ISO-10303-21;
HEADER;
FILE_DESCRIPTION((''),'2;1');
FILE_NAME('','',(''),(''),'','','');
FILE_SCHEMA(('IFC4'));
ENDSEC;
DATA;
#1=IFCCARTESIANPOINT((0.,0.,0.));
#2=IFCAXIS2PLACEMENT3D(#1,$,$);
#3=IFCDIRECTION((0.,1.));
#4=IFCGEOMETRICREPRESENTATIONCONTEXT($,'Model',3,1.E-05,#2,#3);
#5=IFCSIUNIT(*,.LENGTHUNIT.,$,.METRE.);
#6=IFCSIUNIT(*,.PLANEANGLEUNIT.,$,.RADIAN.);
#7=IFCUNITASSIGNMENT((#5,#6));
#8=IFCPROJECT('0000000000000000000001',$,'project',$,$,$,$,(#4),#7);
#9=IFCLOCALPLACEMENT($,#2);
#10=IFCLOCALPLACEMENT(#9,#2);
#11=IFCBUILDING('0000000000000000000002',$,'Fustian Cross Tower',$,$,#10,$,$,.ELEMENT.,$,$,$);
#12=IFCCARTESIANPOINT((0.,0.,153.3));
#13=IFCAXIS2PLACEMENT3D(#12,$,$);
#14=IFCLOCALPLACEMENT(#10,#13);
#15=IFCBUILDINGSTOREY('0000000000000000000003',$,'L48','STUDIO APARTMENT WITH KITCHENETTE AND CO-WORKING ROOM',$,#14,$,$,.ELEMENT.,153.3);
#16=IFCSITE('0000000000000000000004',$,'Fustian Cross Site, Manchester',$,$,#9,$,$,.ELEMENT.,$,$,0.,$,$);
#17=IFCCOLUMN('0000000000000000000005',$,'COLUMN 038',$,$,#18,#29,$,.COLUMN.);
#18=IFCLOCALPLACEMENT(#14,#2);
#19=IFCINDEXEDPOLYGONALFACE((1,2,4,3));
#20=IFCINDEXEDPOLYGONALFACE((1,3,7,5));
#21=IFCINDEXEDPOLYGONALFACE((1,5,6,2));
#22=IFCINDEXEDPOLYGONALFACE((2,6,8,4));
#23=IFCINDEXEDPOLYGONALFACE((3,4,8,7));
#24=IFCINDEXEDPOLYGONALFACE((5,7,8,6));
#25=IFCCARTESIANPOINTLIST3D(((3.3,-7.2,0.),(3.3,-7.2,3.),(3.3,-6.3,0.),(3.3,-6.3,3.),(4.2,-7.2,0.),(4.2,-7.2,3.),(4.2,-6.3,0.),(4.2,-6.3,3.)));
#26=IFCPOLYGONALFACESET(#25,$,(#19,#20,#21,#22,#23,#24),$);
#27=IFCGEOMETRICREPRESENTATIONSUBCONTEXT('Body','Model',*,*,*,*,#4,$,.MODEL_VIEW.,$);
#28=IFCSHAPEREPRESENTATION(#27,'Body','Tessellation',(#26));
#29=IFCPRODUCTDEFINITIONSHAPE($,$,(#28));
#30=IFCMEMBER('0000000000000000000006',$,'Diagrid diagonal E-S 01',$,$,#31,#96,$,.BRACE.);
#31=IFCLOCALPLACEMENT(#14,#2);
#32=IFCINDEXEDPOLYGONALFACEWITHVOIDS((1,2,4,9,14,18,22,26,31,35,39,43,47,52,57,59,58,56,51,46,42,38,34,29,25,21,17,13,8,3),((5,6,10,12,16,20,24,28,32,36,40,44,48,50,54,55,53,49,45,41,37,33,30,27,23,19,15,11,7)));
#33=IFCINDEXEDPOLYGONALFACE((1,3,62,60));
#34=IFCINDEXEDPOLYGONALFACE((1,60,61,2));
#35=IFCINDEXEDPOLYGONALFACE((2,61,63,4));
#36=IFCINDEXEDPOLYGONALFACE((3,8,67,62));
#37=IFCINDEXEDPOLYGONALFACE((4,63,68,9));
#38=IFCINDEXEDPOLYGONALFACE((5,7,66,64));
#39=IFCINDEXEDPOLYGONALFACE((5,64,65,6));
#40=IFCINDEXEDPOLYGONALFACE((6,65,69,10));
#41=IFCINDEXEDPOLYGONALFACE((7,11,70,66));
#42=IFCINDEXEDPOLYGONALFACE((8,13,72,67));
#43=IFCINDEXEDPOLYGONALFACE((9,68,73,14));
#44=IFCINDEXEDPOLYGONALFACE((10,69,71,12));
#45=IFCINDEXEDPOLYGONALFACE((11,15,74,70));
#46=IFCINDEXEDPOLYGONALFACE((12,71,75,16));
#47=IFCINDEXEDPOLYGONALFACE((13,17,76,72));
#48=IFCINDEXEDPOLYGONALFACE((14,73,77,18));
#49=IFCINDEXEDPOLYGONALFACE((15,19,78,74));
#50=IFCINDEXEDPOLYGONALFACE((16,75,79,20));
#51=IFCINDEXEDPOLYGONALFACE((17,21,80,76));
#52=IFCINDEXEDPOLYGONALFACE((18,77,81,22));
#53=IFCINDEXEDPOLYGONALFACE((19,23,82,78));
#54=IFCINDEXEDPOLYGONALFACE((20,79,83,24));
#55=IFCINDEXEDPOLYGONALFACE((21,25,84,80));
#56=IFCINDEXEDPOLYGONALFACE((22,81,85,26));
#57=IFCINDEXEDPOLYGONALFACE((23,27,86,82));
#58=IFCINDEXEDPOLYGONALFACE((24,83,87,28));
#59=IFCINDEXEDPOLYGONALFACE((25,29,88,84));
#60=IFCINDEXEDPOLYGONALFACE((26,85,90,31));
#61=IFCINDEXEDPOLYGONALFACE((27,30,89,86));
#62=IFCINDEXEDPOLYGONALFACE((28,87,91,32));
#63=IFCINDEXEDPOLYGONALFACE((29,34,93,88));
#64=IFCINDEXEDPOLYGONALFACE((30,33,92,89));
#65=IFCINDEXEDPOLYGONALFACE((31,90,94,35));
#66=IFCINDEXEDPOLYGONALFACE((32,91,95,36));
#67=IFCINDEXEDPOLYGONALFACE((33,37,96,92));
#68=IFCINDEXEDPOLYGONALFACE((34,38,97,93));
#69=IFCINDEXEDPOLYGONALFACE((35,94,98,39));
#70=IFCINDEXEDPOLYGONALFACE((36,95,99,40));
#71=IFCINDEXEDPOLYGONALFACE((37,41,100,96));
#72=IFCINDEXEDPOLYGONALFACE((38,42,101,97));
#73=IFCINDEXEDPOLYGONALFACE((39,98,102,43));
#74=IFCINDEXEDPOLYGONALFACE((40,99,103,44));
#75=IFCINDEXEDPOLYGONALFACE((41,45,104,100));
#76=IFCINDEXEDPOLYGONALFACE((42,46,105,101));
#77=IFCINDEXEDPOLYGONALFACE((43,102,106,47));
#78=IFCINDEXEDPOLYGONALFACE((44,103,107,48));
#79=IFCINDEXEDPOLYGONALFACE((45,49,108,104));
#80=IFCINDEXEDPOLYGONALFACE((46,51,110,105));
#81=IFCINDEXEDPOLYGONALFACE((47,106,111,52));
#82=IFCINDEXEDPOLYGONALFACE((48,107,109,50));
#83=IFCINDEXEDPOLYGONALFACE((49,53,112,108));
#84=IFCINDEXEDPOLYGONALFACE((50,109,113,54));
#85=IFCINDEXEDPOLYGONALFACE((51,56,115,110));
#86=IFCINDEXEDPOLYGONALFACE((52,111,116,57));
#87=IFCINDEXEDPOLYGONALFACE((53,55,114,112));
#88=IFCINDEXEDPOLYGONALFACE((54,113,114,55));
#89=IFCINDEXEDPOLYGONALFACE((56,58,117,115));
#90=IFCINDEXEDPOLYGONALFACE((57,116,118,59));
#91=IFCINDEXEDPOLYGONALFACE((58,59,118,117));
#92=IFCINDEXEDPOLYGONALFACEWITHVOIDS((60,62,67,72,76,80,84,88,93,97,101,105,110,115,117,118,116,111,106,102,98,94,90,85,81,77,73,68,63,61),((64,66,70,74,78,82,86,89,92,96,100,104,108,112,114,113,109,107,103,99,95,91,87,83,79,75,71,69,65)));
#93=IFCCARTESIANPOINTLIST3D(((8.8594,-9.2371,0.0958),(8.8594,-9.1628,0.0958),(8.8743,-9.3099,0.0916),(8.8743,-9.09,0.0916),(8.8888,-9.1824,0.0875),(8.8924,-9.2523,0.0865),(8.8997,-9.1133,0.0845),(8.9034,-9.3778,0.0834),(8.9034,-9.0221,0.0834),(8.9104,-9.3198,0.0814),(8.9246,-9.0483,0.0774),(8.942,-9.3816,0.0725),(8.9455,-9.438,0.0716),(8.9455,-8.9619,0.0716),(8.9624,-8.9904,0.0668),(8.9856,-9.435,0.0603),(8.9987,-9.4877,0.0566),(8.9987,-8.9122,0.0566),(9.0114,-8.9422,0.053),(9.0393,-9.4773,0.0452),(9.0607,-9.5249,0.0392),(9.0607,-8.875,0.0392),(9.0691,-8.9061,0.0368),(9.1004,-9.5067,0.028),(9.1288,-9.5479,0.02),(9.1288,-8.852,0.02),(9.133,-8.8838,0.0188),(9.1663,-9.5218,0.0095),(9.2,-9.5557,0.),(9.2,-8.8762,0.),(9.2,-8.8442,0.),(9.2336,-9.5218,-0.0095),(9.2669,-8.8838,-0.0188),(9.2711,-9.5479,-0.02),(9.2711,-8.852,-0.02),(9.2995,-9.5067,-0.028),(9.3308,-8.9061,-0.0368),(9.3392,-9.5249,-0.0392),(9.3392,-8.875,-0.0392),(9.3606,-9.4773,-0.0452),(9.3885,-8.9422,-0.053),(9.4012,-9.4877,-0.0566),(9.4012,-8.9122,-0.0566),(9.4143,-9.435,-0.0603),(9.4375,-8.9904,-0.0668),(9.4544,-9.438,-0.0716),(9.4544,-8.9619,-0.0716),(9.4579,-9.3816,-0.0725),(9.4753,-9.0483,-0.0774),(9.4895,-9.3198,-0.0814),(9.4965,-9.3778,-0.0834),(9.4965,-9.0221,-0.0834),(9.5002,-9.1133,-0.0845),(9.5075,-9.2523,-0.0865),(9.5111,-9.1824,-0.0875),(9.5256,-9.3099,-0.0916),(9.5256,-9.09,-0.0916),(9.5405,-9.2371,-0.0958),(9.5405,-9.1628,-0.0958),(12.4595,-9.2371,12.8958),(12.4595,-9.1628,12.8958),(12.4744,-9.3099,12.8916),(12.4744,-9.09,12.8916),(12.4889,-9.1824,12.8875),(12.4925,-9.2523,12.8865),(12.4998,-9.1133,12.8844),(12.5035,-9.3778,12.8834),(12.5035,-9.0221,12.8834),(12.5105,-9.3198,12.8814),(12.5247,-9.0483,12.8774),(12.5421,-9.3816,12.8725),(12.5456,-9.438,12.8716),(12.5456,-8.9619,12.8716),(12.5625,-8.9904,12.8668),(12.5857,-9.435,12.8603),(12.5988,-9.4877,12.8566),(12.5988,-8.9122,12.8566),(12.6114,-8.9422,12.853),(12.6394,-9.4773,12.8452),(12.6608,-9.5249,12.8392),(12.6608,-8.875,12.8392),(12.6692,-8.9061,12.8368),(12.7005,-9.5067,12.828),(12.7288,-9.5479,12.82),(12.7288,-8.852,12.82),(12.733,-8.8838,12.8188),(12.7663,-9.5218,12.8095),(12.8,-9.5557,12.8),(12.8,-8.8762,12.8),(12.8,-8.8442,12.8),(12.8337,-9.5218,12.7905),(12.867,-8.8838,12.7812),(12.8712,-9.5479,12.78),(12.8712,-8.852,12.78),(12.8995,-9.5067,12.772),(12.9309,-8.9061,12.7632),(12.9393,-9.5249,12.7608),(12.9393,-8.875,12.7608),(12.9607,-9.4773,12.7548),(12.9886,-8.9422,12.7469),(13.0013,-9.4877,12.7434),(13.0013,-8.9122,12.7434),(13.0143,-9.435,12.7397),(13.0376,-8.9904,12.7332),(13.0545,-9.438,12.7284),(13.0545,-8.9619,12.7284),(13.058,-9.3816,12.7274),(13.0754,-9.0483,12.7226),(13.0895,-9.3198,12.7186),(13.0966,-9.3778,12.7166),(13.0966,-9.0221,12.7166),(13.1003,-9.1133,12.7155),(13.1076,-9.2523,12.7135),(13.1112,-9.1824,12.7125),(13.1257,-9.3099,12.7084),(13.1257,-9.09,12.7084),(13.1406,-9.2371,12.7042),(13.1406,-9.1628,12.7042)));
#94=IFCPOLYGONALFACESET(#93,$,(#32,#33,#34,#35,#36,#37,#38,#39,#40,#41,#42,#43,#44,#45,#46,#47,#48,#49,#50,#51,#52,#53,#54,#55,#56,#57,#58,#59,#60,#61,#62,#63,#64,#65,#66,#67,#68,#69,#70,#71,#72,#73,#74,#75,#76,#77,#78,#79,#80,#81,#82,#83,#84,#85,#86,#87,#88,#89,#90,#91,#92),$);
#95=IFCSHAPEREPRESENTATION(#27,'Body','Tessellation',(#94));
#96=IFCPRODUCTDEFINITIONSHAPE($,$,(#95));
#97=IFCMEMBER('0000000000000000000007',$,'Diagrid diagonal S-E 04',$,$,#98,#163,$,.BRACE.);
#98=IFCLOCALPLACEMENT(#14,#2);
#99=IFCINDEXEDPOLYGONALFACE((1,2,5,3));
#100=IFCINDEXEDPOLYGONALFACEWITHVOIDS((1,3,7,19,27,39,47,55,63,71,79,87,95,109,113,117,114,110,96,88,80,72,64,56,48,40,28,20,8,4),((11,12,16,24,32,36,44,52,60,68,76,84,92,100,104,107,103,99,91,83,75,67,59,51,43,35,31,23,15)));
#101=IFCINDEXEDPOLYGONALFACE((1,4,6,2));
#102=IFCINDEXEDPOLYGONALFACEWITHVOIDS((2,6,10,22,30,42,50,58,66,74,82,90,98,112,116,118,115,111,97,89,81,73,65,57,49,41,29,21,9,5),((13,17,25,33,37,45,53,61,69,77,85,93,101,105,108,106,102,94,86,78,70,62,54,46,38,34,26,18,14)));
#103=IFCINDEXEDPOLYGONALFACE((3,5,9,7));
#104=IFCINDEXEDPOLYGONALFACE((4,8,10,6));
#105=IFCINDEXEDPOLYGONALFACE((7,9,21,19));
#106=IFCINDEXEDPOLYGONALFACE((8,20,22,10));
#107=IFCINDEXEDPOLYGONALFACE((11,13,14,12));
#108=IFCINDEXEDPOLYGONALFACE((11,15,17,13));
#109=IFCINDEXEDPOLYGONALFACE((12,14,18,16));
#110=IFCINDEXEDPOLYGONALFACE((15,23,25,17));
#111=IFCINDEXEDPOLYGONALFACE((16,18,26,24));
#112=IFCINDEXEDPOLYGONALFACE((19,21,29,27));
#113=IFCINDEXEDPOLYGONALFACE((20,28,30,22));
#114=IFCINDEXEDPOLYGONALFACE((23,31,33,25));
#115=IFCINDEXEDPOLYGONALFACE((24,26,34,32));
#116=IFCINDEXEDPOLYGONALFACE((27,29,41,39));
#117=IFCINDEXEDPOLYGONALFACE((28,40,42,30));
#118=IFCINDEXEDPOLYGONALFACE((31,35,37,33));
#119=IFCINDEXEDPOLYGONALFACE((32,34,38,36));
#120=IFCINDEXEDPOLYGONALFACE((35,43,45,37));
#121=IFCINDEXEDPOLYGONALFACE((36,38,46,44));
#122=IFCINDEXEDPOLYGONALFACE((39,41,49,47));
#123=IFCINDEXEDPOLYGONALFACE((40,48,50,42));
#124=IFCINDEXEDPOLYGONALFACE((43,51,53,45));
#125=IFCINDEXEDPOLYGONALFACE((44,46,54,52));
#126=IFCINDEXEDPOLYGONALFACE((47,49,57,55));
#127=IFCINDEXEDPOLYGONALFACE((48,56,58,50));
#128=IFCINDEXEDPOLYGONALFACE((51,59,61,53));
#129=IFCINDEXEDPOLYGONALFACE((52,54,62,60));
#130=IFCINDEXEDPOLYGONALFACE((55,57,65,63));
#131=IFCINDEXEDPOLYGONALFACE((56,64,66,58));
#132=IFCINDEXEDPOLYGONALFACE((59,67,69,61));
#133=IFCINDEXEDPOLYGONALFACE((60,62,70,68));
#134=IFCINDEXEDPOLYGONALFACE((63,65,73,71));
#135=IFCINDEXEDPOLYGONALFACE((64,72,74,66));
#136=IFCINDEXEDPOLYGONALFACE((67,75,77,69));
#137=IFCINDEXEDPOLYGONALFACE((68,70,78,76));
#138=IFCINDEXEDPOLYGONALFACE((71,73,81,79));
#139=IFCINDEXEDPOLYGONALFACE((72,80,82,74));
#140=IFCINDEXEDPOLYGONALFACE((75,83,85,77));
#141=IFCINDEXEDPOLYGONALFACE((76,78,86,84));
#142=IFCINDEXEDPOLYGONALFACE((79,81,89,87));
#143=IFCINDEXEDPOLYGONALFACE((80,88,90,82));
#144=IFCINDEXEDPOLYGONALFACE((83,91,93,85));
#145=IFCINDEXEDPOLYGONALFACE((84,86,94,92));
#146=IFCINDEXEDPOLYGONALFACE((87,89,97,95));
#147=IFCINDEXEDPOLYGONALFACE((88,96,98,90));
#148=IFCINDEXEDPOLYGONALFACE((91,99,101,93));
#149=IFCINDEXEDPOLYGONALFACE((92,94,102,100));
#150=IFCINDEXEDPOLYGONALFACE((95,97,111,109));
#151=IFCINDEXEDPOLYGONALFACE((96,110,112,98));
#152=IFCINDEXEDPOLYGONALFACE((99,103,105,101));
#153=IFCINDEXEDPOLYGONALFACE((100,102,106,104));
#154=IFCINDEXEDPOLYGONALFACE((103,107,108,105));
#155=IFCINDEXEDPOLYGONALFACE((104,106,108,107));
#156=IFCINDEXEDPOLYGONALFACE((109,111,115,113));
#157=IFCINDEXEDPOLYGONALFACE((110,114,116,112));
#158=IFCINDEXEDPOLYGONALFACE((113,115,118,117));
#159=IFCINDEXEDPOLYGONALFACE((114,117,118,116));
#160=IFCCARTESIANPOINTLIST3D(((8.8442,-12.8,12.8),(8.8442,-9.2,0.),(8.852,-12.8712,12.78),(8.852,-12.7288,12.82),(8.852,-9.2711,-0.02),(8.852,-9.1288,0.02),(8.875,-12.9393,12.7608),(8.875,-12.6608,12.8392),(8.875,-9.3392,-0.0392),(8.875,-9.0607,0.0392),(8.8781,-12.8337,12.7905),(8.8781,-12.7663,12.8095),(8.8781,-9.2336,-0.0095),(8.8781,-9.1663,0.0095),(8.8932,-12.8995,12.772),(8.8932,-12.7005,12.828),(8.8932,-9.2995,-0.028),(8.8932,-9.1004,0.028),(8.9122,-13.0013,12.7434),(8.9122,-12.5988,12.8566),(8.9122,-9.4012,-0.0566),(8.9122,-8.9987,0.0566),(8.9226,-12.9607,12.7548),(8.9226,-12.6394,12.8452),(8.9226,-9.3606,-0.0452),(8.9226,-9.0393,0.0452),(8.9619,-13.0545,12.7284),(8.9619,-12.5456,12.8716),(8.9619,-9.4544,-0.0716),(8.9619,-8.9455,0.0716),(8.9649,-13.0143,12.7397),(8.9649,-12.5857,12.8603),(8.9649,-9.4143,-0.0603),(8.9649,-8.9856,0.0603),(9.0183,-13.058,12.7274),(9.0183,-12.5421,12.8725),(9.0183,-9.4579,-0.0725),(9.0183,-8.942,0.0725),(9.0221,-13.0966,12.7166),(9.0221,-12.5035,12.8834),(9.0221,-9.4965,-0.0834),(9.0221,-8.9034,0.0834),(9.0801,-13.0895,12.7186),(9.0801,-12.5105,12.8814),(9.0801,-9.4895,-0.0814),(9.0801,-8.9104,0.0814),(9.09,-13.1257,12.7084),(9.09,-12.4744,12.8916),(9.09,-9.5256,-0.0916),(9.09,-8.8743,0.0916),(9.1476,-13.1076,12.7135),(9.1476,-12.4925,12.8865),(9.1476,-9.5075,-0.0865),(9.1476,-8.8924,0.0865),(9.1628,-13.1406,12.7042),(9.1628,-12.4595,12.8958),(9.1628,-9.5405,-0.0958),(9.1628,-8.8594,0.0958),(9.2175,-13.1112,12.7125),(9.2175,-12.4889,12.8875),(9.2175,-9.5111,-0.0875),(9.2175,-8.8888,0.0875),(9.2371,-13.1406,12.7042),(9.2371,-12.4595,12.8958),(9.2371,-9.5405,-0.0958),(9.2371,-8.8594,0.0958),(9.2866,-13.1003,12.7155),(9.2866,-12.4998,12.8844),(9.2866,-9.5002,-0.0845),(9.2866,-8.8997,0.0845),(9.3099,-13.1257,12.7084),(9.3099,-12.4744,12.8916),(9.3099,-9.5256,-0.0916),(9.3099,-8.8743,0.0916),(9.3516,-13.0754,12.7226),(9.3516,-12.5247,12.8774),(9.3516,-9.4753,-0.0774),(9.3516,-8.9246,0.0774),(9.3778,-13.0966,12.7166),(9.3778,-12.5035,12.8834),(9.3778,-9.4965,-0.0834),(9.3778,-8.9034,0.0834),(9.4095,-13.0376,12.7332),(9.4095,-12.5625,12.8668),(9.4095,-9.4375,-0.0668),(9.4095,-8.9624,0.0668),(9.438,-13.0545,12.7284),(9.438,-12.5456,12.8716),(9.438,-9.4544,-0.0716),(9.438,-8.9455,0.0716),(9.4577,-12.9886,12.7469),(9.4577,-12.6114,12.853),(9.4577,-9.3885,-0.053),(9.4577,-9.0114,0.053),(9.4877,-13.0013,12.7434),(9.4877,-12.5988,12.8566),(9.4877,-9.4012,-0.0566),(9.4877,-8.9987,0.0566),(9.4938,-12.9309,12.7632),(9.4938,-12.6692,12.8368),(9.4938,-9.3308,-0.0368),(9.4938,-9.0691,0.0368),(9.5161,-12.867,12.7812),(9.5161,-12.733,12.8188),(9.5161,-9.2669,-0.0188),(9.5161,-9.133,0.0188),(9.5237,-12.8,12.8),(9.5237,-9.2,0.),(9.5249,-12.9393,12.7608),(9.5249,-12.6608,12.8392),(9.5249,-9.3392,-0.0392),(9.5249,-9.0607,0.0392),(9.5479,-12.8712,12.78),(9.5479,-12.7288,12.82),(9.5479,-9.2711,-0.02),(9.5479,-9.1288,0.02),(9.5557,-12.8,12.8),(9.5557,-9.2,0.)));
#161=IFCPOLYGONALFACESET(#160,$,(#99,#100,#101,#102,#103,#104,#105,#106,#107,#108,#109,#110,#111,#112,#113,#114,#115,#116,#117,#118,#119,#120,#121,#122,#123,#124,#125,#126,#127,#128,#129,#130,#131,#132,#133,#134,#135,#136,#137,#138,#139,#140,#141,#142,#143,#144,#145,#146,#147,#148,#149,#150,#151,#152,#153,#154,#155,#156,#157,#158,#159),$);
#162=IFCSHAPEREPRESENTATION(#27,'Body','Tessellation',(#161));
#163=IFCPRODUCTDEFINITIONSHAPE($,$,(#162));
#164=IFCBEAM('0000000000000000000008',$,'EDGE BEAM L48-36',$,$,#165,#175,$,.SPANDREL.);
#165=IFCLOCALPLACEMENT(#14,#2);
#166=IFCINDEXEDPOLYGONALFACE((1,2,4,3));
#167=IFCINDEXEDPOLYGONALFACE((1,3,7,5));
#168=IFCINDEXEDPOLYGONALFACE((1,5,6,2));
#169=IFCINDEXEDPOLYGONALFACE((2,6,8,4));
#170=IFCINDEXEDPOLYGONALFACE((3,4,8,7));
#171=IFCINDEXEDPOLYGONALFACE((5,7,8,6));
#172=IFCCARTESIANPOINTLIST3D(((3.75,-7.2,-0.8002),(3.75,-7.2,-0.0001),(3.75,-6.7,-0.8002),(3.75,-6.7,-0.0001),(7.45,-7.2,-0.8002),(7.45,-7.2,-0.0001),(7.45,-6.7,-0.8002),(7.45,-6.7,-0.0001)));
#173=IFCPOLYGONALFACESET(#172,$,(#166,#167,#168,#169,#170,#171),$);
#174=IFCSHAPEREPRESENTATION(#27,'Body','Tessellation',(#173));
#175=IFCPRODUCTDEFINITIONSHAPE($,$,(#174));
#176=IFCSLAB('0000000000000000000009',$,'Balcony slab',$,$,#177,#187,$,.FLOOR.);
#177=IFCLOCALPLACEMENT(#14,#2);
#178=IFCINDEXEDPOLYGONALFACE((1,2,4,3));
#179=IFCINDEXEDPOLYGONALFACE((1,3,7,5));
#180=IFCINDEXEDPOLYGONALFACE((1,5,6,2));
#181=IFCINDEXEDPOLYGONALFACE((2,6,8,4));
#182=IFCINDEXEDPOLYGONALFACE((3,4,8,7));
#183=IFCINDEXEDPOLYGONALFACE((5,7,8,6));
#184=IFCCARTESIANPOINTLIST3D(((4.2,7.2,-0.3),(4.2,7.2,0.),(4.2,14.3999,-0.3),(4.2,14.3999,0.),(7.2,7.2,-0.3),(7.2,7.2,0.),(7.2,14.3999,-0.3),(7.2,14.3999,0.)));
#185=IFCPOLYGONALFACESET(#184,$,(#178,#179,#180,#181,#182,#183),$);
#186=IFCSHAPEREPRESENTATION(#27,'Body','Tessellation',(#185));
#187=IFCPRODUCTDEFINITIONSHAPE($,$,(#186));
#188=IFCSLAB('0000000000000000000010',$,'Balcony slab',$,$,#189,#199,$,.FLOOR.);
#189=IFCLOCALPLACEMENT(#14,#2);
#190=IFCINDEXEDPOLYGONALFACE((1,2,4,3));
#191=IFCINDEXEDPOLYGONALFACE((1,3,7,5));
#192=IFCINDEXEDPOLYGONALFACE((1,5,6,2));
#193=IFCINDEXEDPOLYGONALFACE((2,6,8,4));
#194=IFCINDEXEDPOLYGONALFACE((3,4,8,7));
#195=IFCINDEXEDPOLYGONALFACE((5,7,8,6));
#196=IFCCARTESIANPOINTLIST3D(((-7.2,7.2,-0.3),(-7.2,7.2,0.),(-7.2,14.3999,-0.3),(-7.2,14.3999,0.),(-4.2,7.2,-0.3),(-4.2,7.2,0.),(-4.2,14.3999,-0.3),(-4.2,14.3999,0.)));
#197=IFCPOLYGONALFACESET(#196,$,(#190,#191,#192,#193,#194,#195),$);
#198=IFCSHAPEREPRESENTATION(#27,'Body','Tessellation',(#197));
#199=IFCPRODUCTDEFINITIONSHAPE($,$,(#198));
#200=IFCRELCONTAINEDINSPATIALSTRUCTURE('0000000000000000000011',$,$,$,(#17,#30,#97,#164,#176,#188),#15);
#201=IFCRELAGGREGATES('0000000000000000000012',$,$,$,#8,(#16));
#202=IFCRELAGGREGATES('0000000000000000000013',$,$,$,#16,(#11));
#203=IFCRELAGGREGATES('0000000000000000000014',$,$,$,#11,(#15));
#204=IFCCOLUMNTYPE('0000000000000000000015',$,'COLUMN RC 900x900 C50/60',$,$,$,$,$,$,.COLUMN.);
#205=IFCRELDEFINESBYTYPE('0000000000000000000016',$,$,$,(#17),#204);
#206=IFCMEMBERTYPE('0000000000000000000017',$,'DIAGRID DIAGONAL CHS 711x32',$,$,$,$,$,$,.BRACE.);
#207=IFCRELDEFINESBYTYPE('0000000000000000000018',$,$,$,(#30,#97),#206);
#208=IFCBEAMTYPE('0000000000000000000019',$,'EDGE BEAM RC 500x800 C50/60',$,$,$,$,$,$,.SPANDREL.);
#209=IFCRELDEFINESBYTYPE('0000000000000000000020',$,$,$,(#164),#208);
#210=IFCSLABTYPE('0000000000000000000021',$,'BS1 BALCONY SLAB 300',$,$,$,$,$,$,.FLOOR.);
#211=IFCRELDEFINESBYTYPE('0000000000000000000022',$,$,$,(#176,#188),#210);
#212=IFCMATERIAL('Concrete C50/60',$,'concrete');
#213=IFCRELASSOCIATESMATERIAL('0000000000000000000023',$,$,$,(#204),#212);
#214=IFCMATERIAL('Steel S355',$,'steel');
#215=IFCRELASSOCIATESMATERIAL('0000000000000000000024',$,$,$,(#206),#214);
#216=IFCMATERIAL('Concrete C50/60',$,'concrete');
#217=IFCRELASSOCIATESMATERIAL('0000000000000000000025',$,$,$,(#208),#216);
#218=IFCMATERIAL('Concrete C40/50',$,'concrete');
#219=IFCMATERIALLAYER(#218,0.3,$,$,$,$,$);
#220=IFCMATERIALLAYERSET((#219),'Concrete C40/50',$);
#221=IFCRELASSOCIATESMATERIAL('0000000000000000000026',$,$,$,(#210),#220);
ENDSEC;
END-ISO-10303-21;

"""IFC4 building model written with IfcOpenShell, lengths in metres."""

from ifc_helpers import new_model, si_unit, direction, frame, origin, origin_2d, place, context, subcontext, project, spatial, polyline, rectangle, hollow_circle, outline, extrude, material, layer, layer_set, material_profile, profile_set, type_object, element, save


model = new_model("IFC4")

# Units and contexts
model_context = context("Model", 3, precision=1e-05, world=origin(), true_north=direction((0.0, 1.0)))
body_context = subcontext(model_context, "Body", "Model", "MODEL_VIEW")
ifc_project = project(units=[si_unit("LENGTHUNIT", "METRE"), si_unit("PLANEANGLEUNIT", "RADIAN")], contexts=[model_context])

# Site, building, storey
site_placement = place(None, origin())
site = spatial("IfcSite", under=ifc_project, at=site_placement, Name="Fustian Cross Site, Manchester", CompositionType="ELEMENT", RefElevation=0.0)
building_placement = place(site_placement, origin())
building = spatial("IfcBuilding", under=site, at=building_placement, Name="Fustian Cross Tower", CompositionType="ELEMENT")
storey_placement = place(building_placement, frame((0.0, 0.0, 153.3)))
storey = spatial("IfcBuildingStorey", under=building, at=storey_placement, Name="L48", Description="STUDIO APARTMENT WITH KITCHENETTE AND CO-WORKING ROOM", CompositionType="ELEMENT", Elevation=153.3)

# Column
ifc_material_1 = material(Name="Concrete C50/60", Category="concrete")
ifc_material_profile_1 = material_profile(ifc_material_1, rectangle(XDim=0.8999, YDim=0.8999, at=origin_2d()), Name="RC 900x900")
ifc_profile_set_1 = profile_set([ifc_material_profile_1], Name="Concrete C50/60")
column_type = type_object("IfcColumnType", Name="COLUMN RC 900x900 C50/60", PredefinedType="COLUMN", material=ifc_profile_set_1)
column_placement = place(storey_placement, frame((3.75, -6.75, 0.0), z_axis=(0.0, 0.0, 1.0), x_axis=(1.0, 0.0, 0.0)))
element("IfcColumn", 1, at=column_placement, inside=storey, type_object=column_type, Name="COLUMN 038", PredefinedType="COLUMN", context=body_context, shape_type="SweptSolid", body=[
    extrude(rectangle(XDim=0.8999, YDim=0.8999, at=origin_2d()), origin(), (0.0, 0.0, 1.0), 3.0),
])

# Members
ifc_material_2 = material(Name="Steel S355", Category="steel")
ifc_material_profile_2 = material_profile(ifc_material_2, hollow_circle(Radius=0.3557, WallThickness=0.032, at=origin_2d()), Name="CHS 711x32")
ifc_profile_set_2 = profile_set([ifc_material_profile_2], Name="Steel S355")
member_type = type_object("IfcMemberType", Name="DIAGRID DIAGONAL CHS 711x32", PredefinedType="BRACE", material=ifc_profile_set_2)
for number, where, z_axis, x_axis, name in (
    (2, (9.2, -9.2, 0.0), (0.270751, 0.0, 0.962649), (0.0, 1.0, 0.0), "Diagrid diagonal E-S 01"),
    (3, (9.2, -9.2, 0.0), (0.0, -0.270751, 0.962649), (1.0, 0.0, 0.0), "Diagrid diagonal S-E 04"),
):
    element("IfcMember", number, at=place(storey_placement, frame(where, z_axis=z_axis, x_axis=x_axis)), inside=storey, type_object=member_type, Name=name, PredefinedType="BRACE", context=body_context, shape_type="SweptSolid", body=[
        extrude(hollow_circle(Radius=0.3557, WallThickness=0.032, at=origin_2d()), origin(), (0.0, 0.0, 1.0), 13.2966),
    ])

# Beam
ifc_material_3 = material(Name="Concrete C50/60", Category="concrete")
ifc_material_profile_3 = material_profile(ifc_material_3, rectangle(XDim=0.5, YDim=0.8, at=origin_2d()), Name="RC 500x800")
ifc_profile_set_3 = profile_set([ifc_material_profile_3], Name="Concrete C50/60")
beam_type = type_object("IfcBeamType", Name="EDGE BEAM RC 500x800 C50/60", PredefinedType="SPANDREL", material=ifc_profile_set_3)
beam_placement = place(storey_placement, frame((3.75, -6.95, -0.4001), z_axis=(1.0, 0.0, 0.0), x_axis=(0.0, 1.0, 0.0)))
element("IfcBeam", 4, at=beam_placement, inside=storey, type_object=beam_type, Name="EDGE BEAM L48-36", PredefinedType="SPANDREL", context=body_context, shape_type="SweptSolid", body=[
    extrude(rectangle(XDim=0.5, YDim=0.8, at=origin_2d()), origin(), (0.0, 0.0, 1.0), 3.7),
])

# Slabs
ifc_material_4 = material(Name="Concrete C40/50", Category="concrete")
ifc_layer_1 = layer(ifc_material_4, 0.3)
ifc_layer_set_1 = layer_set([ifc_layer_1], Name="Concrete C40/50")
slab_type_1 = type_object("IfcSlabType", Name="BS1 BALCONY SLAB 300", PredefinedType="FLOOR", material=ifc_layer_set_1)
slab_1_placement = place(storey_placement, frame((0.0, 0.0, -0.3)))
element("IfcSlab", 5, at=slab_1_placement, inside=storey, type_object=slab_type_1, Name="Balcony slab", PredefinedType="FLOOR", context=body_context, shape_type="SweptSolid", body=[
    extrude(outline(polyline([(4.2, 7.2), (7.2, 7.2), (7.2, 14.3999), (4.2, 14.3999), (4.2, 7.2)])), origin(), (0.0, 0.0, 1.0), 0.3),
])
slab_2_placement = place(storey_placement, frame((0.0, 0.0, -0.3)))
element("IfcSlab", 6, at=slab_2_placement, inside=storey, type_object=slab_type_1, Name="Balcony slab", PredefinedType="FLOOR", context=body_context, shape_type="SweptSolid", body=[
    extrude(outline(polyline([(-7.2, 7.2), (-4.2, 7.2), (-4.2, 14.3999), (-7.2, 14.3999), (-7.2, 7.2)])), origin(), (0.0, 0.0, 1.0), 0.3),
])

save(model, "model.ifc")
